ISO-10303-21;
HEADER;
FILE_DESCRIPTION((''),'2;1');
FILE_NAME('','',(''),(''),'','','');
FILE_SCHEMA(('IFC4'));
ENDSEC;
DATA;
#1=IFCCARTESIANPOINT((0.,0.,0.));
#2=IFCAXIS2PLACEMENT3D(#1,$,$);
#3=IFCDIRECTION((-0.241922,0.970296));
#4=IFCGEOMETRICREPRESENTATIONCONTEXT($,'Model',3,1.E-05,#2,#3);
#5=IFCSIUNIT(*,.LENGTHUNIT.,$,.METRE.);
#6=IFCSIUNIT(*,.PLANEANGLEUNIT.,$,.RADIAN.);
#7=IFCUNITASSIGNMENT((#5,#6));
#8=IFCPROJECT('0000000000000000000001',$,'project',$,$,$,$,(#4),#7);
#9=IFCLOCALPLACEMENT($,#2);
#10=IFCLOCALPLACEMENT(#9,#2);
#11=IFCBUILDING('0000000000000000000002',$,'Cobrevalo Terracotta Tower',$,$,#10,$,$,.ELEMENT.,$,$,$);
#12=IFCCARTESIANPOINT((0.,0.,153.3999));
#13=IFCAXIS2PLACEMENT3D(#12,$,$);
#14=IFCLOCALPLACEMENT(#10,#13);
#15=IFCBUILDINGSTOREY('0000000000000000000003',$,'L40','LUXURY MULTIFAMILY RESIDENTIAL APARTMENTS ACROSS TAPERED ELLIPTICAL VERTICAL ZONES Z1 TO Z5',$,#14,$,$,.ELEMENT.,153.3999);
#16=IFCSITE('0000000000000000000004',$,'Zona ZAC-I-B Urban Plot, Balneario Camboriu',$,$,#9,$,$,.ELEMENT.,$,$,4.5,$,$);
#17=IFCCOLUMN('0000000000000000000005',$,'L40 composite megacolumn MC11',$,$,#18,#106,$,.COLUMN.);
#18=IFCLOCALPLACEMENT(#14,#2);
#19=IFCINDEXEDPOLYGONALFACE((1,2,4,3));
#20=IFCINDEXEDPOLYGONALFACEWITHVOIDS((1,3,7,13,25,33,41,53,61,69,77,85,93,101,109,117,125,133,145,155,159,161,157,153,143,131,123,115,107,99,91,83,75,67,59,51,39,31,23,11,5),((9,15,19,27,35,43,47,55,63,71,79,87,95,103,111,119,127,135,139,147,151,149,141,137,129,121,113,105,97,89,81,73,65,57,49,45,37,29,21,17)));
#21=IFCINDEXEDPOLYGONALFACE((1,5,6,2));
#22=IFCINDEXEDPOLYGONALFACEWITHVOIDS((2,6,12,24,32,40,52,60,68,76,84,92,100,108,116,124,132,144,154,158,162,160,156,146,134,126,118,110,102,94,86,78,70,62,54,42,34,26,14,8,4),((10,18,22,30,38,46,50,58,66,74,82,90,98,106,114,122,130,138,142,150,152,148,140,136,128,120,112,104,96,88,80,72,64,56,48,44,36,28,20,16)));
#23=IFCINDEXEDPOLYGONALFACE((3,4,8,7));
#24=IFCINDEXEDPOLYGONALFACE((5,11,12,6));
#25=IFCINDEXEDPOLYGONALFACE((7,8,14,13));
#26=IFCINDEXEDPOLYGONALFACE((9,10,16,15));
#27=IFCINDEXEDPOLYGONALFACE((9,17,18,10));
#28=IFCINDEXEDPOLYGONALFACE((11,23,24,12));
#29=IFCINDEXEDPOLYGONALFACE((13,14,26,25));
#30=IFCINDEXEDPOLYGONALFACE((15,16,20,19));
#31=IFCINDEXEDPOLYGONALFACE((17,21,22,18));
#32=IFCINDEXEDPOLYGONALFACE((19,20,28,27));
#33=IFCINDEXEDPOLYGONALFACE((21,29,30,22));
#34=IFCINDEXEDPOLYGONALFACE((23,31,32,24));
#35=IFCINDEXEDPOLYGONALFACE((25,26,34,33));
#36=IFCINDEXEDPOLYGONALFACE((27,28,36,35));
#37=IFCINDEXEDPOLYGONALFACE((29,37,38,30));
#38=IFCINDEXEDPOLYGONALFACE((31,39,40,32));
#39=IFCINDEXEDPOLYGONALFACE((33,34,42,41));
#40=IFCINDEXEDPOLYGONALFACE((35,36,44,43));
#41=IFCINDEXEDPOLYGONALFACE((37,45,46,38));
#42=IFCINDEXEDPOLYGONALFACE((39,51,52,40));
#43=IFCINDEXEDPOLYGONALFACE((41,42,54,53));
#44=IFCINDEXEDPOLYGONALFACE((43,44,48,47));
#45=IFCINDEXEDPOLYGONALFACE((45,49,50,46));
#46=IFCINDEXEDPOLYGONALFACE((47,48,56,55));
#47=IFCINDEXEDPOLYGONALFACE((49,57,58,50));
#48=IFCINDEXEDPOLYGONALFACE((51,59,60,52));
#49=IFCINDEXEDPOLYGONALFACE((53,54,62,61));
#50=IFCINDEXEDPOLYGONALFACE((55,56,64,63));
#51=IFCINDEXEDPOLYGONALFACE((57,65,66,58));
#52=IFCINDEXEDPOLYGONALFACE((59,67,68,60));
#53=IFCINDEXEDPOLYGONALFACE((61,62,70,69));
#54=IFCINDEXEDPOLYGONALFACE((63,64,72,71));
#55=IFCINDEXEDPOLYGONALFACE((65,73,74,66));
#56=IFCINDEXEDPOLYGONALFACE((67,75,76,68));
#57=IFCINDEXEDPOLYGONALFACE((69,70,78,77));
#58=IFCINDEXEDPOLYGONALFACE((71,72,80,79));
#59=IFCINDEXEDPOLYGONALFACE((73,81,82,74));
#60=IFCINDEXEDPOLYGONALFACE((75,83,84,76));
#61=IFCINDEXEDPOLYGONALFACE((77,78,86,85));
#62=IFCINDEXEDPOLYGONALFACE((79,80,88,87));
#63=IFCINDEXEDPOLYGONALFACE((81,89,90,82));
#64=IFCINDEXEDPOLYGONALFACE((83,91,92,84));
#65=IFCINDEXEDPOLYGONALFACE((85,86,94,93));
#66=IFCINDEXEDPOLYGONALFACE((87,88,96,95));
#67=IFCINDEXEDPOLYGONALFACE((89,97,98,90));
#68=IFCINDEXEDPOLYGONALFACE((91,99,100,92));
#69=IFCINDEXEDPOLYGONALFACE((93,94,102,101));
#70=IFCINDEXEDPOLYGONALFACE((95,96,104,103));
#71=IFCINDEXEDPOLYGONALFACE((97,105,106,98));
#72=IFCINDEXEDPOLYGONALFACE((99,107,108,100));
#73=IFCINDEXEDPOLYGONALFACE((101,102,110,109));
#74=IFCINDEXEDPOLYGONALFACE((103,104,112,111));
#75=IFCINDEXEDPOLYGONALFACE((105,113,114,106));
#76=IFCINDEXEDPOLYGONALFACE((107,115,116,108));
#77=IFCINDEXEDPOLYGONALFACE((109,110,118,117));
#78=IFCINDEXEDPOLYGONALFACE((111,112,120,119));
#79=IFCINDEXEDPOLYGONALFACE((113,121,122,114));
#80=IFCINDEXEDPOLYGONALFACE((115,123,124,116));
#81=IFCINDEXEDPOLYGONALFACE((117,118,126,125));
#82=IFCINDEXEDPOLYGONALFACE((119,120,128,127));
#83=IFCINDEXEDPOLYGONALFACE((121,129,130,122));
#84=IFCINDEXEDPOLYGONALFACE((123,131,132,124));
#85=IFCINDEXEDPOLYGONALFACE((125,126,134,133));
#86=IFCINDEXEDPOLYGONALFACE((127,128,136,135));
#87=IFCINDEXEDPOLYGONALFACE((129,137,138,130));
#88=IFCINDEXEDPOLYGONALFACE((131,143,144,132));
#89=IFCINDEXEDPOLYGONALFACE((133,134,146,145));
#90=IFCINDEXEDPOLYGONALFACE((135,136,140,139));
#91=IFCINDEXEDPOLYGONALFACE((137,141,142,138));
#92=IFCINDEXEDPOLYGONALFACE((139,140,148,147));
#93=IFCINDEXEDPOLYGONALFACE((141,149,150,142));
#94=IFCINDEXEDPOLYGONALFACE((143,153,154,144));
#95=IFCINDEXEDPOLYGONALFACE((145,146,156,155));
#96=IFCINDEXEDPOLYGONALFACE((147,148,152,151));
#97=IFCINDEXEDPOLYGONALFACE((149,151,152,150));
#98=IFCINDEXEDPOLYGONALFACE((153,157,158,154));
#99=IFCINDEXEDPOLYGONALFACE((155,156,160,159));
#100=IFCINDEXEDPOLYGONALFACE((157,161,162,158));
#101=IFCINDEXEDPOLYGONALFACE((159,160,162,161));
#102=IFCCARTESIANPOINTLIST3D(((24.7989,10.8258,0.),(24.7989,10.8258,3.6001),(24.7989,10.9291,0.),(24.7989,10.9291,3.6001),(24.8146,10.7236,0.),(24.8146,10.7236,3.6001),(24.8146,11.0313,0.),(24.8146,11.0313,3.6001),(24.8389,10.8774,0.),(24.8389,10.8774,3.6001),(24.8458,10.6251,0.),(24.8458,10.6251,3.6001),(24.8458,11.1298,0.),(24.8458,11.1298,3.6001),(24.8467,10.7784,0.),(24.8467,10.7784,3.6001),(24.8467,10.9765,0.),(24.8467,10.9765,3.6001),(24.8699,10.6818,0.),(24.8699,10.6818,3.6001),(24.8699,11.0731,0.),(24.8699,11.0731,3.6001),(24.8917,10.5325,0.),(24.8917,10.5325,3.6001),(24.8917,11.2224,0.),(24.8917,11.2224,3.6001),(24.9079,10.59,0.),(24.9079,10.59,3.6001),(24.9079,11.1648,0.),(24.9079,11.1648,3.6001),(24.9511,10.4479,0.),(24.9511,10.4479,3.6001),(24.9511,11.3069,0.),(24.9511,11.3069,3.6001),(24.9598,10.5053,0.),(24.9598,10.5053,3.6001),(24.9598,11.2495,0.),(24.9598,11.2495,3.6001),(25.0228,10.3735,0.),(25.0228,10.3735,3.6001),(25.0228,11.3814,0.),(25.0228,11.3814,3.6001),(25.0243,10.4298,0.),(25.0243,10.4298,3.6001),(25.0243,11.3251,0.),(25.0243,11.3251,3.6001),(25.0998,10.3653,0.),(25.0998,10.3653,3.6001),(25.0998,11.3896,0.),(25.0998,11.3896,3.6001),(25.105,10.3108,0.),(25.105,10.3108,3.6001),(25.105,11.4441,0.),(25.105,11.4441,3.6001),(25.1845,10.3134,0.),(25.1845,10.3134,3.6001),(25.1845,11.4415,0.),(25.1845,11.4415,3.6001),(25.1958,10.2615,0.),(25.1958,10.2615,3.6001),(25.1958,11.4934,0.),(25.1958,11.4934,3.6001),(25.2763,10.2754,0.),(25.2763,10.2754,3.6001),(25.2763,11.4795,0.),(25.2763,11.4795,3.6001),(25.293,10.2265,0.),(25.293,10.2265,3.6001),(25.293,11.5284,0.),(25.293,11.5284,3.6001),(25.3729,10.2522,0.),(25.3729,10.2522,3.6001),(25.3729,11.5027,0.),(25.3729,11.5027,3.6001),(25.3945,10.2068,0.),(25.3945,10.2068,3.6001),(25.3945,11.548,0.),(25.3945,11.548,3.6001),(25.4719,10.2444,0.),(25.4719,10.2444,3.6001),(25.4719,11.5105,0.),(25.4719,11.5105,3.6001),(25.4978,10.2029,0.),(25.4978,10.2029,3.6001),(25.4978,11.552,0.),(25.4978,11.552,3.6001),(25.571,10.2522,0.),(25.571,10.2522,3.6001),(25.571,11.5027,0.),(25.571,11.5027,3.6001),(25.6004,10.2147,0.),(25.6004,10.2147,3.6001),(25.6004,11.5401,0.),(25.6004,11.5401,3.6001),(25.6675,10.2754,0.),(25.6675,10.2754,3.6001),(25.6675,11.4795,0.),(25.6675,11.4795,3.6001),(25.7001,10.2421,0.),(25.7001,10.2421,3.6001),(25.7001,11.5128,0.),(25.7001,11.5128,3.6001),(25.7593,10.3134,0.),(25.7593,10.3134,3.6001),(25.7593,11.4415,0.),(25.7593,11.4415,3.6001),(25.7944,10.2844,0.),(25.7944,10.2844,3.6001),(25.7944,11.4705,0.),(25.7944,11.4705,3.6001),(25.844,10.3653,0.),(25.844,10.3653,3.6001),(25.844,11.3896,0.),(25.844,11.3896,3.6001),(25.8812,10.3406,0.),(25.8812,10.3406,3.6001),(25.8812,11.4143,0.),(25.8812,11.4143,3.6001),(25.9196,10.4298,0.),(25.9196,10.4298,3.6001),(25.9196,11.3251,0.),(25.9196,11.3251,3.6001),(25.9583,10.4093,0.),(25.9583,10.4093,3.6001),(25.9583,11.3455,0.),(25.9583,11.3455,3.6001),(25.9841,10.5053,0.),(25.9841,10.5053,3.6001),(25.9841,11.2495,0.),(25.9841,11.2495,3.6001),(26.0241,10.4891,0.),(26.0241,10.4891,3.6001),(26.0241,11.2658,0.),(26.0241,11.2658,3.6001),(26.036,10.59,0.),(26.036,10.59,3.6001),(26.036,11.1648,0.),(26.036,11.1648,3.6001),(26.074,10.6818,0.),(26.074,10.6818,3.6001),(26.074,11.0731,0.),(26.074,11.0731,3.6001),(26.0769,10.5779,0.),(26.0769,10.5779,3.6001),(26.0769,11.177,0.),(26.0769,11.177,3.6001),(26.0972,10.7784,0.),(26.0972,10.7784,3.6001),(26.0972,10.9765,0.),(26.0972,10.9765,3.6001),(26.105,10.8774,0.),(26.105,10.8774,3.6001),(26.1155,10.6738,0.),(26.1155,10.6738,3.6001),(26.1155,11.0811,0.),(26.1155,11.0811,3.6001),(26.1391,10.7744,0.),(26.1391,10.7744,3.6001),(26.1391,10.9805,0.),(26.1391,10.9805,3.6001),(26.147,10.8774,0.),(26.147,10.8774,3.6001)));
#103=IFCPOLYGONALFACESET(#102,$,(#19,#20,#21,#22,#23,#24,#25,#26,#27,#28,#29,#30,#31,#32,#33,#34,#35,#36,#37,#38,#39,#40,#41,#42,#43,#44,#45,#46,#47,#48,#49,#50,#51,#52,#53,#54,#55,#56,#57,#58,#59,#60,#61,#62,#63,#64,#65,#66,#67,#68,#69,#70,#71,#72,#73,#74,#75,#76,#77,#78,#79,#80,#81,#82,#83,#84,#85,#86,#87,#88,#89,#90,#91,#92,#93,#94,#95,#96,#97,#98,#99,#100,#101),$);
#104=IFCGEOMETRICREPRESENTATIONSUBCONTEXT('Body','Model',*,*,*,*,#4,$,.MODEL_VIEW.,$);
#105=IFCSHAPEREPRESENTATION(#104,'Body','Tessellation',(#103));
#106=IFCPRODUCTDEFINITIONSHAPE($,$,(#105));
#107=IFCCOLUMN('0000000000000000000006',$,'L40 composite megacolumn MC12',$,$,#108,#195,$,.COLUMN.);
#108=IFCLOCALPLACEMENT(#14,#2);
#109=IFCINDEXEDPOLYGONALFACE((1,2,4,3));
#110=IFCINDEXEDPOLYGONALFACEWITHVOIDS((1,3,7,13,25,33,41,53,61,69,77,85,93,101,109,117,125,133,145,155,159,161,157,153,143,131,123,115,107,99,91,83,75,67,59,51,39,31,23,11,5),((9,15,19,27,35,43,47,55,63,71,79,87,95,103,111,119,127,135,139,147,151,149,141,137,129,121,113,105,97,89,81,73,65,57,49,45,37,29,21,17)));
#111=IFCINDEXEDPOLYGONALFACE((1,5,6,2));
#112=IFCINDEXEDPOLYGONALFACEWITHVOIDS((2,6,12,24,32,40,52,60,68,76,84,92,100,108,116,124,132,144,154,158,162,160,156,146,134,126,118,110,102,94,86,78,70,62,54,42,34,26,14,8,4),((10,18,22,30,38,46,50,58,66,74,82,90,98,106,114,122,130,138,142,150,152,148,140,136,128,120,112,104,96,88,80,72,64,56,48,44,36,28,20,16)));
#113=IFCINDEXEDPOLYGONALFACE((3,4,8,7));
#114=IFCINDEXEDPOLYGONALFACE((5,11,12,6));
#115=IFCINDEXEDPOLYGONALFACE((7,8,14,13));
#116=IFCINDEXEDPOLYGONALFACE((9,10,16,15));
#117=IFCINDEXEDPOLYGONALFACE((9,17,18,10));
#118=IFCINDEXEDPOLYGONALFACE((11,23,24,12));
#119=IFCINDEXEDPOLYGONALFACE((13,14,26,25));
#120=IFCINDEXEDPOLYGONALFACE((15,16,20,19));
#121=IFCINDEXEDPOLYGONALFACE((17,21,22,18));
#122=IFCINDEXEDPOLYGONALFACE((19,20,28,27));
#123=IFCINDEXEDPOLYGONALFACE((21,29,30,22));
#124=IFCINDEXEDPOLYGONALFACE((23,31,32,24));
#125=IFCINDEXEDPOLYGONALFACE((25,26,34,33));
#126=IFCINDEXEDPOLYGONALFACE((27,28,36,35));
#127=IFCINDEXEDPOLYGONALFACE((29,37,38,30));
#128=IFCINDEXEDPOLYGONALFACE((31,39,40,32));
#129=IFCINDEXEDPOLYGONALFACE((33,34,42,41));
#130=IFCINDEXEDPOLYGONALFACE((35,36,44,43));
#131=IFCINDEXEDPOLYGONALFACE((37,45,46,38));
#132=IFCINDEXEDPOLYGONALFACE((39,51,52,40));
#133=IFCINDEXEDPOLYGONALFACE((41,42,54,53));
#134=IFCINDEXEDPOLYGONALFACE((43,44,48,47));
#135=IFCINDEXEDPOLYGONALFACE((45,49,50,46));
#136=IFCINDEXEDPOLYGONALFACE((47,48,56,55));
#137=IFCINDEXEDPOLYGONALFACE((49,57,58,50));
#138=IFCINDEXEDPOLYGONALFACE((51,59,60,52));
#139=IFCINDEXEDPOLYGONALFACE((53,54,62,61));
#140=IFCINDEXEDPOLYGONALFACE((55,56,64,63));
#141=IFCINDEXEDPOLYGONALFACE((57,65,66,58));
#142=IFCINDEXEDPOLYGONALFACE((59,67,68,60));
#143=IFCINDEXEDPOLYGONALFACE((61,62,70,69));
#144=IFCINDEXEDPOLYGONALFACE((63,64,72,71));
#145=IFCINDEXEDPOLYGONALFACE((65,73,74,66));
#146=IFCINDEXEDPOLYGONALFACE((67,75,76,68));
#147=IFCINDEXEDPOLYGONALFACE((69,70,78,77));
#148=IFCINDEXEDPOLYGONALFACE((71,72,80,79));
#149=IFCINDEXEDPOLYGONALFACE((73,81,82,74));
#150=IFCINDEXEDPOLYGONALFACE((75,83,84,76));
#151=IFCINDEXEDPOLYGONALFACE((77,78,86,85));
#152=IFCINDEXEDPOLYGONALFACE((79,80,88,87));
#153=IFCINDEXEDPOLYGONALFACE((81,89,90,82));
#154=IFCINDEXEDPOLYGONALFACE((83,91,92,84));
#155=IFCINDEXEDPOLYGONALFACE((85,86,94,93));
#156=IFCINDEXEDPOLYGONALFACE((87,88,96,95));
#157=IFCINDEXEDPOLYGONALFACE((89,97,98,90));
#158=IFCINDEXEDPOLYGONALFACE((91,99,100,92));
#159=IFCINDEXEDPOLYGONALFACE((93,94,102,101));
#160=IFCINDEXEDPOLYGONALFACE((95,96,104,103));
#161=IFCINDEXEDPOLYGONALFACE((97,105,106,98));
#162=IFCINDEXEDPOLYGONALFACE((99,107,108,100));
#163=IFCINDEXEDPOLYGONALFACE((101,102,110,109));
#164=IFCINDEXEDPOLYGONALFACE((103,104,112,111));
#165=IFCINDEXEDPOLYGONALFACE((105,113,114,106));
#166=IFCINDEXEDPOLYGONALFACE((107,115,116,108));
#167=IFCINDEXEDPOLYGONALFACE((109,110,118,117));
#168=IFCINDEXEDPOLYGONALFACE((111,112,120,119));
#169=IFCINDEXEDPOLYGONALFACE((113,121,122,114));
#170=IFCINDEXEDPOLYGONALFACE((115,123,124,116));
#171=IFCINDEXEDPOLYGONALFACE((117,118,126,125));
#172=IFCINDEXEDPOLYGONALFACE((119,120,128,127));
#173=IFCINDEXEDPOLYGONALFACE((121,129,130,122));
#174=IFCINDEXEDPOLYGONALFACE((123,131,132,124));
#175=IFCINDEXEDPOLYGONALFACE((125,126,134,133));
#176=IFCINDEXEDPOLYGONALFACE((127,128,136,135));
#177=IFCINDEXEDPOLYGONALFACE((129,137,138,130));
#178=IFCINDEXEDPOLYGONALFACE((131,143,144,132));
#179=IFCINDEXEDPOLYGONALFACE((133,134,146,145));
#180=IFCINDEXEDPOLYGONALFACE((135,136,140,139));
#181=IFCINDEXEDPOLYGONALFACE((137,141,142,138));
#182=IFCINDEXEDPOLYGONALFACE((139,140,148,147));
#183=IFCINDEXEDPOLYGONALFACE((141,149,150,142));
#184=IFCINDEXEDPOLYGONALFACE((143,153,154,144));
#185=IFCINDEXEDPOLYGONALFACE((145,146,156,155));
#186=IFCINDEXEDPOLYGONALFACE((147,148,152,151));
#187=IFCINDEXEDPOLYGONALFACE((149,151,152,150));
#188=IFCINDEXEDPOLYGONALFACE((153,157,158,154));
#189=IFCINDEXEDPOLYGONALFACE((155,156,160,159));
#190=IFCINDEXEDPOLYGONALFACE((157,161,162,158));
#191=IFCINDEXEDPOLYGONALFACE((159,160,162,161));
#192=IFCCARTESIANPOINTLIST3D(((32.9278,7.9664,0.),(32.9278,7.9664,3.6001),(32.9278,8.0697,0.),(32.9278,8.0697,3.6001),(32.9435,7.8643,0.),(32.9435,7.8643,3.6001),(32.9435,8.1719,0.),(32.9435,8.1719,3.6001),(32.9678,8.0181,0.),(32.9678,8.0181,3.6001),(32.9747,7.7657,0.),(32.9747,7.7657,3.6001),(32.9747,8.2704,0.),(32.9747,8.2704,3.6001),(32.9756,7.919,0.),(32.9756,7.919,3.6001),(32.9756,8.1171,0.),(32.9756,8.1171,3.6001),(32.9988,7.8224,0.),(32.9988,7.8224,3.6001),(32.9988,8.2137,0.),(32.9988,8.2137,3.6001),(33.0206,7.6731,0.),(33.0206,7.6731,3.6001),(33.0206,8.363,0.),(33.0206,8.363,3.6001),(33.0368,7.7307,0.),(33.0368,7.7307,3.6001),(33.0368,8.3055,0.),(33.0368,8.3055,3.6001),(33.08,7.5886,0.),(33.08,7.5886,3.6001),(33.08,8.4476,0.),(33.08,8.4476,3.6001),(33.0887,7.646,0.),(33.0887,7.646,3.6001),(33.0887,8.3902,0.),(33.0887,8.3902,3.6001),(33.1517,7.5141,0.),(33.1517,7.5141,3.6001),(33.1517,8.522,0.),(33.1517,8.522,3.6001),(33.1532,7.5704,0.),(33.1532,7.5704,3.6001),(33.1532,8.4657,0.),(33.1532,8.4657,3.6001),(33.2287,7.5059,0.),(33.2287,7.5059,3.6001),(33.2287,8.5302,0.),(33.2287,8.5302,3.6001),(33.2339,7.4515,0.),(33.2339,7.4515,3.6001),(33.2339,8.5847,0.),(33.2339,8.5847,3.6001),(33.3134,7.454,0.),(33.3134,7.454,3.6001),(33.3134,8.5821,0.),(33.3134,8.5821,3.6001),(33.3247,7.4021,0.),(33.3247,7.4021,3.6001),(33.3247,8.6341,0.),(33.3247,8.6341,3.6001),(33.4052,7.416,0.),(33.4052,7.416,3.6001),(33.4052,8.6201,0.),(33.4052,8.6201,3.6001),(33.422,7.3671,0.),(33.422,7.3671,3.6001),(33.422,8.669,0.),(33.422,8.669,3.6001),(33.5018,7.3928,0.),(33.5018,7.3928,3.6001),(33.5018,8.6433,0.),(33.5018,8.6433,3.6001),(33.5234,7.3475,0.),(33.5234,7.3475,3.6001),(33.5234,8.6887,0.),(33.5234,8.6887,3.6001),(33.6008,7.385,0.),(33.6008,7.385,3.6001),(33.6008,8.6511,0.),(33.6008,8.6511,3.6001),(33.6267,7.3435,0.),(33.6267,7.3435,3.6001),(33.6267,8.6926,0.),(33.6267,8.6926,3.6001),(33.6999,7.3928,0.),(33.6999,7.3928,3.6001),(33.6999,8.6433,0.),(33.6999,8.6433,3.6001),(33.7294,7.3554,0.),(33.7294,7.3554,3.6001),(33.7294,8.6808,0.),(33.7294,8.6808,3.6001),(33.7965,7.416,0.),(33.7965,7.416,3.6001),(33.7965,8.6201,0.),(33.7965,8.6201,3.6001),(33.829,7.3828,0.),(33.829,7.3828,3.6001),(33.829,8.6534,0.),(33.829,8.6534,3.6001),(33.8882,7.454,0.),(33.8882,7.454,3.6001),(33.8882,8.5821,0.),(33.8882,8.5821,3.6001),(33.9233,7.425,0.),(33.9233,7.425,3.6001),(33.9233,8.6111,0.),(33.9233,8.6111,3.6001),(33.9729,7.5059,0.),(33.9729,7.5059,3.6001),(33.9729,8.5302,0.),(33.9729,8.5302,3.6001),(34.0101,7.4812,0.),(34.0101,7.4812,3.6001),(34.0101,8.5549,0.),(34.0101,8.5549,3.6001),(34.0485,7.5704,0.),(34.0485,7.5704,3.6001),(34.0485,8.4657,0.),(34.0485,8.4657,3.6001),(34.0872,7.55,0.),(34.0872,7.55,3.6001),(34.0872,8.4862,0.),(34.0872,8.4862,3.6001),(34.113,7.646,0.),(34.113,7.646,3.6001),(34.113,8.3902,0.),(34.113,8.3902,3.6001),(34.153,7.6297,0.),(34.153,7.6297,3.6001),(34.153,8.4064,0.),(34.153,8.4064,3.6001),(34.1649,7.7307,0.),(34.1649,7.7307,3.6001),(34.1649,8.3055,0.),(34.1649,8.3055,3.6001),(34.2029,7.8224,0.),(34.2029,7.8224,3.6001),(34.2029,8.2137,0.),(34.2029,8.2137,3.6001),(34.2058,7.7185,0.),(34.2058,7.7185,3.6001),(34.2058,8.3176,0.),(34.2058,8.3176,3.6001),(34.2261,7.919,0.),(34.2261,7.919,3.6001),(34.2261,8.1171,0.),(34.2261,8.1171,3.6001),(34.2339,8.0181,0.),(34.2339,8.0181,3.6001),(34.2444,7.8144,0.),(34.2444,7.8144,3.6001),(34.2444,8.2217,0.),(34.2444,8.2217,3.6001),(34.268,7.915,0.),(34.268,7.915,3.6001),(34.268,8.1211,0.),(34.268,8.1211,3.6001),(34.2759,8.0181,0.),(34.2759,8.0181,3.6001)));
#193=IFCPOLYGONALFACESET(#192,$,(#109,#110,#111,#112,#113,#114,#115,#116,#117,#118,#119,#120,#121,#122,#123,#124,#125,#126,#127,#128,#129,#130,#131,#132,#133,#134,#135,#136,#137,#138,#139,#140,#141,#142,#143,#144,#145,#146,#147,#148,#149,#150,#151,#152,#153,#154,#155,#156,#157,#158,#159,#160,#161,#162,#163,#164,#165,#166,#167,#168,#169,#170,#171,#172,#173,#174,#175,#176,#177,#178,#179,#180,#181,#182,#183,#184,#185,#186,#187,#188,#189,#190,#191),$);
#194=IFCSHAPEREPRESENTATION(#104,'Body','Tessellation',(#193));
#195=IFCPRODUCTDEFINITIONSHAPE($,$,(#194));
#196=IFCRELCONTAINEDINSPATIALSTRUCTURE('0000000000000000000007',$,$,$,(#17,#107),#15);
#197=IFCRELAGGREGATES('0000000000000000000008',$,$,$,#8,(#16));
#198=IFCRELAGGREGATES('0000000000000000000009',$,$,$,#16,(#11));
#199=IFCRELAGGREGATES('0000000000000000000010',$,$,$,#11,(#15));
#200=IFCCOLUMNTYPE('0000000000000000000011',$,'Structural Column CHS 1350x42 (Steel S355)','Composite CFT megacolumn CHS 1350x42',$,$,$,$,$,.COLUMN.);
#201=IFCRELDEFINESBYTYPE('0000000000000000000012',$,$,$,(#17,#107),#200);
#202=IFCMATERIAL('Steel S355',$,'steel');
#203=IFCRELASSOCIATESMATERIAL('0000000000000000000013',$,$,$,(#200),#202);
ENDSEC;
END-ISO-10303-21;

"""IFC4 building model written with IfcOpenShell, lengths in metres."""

from ifc_helpers import new_model, si_unit, direction, frame, origin, origin_2d, place, context, subcontext, project, spatial, hollow_circle, extrude, material, material_profile, profile_set, type_object, element, save


model = new_model("IFC4")

# Units and contexts
model_context = context("Model", 3, precision=1e-05, world=origin(), true_north=direction((-0.241922, 0.970296)))
body_context = subcontext(model_context, "Body", "Model", "MODEL_VIEW")
ifc_project = project(units=[si_unit("LENGTHUNIT", "METRE"), si_unit("PLANEANGLEUNIT", "RADIAN")], contexts=[model_context])

# Site, building, storey
site_placement = place(None, origin())
site = spatial("IfcSite", under=ifc_project, at=site_placement, Name="Zona ZAC-I-B Urban Plot, Balneario Camboriu", CompositionType="ELEMENT", RefElevation=4.5)
building_placement = place(site_placement, origin())
building = spatial("IfcBuilding", under=site, at=building_placement, Name="Cobrevalo Terracotta Tower", CompositionType="ELEMENT")
storey_placement = place(building_placement, frame((0.0, 0.0, 153.3999)))
storey = spatial("IfcBuildingStorey", under=building, at=storey_placement, Name="L40", Description="LUXURY MULTIFAMILY RESIDENTIAL APARTMENTS ACROSS TAPERED ELLIPTICAL VERTICAL ZONES Z1 TO Z5", CompositionType="ELEMENT", Elevation=153.3999)

# Columns
ifc_material_1 = material(Name="Steel S355", Category="steel")
ifc_material_profile_1 = material_profile(ifc_material_1, hollow_circle(Radius=0.675, WallThickness=0.042, at=origin_2d()), Name="CHS 1350x42")
ifc_profile_set_1 = profile_set([ifc_material_profile_1], Name="Steel S355")
column_type = type_object("IfcColumnType", Name="Structural Column CHS 1350x42 (Steel S355)", Description="Composite CFT megacolumn CHS 1350x42", PredefinedType="COLUMN", material=ifc_profile_set_1)
for number, where, z_axis, x_axis, name in (
    (1, (25.4719, 10.8774, 0.0), (0.0, 0.0, 1.0), (1.0, 0.0, 0.0), "L40 composite megacolumn MC11"),
    (2, (33.6008, 8.0181, 0.0), (0.0, 0.0, 1.0), (1.0, 0.0, 0.0), "L40 composite megacolumn MC12"),
):
    element("IfcColumn", number, at=place(storey_placement, frame(where, z_axis=z_axis, x_axis=x_axis)), inside=storey, type_object=column_type, Name=name, PredefinedType="COLUMN", context=body_context, shape_type="SweptSolid", body=[
        extrude(hollow_circle(Radius=0.675, WallThickness=0.042, at=origin_2d()), origin(), (0.0, 0.0, 1.0), 3.6001),
    ])

save(model, "model.ifc")
